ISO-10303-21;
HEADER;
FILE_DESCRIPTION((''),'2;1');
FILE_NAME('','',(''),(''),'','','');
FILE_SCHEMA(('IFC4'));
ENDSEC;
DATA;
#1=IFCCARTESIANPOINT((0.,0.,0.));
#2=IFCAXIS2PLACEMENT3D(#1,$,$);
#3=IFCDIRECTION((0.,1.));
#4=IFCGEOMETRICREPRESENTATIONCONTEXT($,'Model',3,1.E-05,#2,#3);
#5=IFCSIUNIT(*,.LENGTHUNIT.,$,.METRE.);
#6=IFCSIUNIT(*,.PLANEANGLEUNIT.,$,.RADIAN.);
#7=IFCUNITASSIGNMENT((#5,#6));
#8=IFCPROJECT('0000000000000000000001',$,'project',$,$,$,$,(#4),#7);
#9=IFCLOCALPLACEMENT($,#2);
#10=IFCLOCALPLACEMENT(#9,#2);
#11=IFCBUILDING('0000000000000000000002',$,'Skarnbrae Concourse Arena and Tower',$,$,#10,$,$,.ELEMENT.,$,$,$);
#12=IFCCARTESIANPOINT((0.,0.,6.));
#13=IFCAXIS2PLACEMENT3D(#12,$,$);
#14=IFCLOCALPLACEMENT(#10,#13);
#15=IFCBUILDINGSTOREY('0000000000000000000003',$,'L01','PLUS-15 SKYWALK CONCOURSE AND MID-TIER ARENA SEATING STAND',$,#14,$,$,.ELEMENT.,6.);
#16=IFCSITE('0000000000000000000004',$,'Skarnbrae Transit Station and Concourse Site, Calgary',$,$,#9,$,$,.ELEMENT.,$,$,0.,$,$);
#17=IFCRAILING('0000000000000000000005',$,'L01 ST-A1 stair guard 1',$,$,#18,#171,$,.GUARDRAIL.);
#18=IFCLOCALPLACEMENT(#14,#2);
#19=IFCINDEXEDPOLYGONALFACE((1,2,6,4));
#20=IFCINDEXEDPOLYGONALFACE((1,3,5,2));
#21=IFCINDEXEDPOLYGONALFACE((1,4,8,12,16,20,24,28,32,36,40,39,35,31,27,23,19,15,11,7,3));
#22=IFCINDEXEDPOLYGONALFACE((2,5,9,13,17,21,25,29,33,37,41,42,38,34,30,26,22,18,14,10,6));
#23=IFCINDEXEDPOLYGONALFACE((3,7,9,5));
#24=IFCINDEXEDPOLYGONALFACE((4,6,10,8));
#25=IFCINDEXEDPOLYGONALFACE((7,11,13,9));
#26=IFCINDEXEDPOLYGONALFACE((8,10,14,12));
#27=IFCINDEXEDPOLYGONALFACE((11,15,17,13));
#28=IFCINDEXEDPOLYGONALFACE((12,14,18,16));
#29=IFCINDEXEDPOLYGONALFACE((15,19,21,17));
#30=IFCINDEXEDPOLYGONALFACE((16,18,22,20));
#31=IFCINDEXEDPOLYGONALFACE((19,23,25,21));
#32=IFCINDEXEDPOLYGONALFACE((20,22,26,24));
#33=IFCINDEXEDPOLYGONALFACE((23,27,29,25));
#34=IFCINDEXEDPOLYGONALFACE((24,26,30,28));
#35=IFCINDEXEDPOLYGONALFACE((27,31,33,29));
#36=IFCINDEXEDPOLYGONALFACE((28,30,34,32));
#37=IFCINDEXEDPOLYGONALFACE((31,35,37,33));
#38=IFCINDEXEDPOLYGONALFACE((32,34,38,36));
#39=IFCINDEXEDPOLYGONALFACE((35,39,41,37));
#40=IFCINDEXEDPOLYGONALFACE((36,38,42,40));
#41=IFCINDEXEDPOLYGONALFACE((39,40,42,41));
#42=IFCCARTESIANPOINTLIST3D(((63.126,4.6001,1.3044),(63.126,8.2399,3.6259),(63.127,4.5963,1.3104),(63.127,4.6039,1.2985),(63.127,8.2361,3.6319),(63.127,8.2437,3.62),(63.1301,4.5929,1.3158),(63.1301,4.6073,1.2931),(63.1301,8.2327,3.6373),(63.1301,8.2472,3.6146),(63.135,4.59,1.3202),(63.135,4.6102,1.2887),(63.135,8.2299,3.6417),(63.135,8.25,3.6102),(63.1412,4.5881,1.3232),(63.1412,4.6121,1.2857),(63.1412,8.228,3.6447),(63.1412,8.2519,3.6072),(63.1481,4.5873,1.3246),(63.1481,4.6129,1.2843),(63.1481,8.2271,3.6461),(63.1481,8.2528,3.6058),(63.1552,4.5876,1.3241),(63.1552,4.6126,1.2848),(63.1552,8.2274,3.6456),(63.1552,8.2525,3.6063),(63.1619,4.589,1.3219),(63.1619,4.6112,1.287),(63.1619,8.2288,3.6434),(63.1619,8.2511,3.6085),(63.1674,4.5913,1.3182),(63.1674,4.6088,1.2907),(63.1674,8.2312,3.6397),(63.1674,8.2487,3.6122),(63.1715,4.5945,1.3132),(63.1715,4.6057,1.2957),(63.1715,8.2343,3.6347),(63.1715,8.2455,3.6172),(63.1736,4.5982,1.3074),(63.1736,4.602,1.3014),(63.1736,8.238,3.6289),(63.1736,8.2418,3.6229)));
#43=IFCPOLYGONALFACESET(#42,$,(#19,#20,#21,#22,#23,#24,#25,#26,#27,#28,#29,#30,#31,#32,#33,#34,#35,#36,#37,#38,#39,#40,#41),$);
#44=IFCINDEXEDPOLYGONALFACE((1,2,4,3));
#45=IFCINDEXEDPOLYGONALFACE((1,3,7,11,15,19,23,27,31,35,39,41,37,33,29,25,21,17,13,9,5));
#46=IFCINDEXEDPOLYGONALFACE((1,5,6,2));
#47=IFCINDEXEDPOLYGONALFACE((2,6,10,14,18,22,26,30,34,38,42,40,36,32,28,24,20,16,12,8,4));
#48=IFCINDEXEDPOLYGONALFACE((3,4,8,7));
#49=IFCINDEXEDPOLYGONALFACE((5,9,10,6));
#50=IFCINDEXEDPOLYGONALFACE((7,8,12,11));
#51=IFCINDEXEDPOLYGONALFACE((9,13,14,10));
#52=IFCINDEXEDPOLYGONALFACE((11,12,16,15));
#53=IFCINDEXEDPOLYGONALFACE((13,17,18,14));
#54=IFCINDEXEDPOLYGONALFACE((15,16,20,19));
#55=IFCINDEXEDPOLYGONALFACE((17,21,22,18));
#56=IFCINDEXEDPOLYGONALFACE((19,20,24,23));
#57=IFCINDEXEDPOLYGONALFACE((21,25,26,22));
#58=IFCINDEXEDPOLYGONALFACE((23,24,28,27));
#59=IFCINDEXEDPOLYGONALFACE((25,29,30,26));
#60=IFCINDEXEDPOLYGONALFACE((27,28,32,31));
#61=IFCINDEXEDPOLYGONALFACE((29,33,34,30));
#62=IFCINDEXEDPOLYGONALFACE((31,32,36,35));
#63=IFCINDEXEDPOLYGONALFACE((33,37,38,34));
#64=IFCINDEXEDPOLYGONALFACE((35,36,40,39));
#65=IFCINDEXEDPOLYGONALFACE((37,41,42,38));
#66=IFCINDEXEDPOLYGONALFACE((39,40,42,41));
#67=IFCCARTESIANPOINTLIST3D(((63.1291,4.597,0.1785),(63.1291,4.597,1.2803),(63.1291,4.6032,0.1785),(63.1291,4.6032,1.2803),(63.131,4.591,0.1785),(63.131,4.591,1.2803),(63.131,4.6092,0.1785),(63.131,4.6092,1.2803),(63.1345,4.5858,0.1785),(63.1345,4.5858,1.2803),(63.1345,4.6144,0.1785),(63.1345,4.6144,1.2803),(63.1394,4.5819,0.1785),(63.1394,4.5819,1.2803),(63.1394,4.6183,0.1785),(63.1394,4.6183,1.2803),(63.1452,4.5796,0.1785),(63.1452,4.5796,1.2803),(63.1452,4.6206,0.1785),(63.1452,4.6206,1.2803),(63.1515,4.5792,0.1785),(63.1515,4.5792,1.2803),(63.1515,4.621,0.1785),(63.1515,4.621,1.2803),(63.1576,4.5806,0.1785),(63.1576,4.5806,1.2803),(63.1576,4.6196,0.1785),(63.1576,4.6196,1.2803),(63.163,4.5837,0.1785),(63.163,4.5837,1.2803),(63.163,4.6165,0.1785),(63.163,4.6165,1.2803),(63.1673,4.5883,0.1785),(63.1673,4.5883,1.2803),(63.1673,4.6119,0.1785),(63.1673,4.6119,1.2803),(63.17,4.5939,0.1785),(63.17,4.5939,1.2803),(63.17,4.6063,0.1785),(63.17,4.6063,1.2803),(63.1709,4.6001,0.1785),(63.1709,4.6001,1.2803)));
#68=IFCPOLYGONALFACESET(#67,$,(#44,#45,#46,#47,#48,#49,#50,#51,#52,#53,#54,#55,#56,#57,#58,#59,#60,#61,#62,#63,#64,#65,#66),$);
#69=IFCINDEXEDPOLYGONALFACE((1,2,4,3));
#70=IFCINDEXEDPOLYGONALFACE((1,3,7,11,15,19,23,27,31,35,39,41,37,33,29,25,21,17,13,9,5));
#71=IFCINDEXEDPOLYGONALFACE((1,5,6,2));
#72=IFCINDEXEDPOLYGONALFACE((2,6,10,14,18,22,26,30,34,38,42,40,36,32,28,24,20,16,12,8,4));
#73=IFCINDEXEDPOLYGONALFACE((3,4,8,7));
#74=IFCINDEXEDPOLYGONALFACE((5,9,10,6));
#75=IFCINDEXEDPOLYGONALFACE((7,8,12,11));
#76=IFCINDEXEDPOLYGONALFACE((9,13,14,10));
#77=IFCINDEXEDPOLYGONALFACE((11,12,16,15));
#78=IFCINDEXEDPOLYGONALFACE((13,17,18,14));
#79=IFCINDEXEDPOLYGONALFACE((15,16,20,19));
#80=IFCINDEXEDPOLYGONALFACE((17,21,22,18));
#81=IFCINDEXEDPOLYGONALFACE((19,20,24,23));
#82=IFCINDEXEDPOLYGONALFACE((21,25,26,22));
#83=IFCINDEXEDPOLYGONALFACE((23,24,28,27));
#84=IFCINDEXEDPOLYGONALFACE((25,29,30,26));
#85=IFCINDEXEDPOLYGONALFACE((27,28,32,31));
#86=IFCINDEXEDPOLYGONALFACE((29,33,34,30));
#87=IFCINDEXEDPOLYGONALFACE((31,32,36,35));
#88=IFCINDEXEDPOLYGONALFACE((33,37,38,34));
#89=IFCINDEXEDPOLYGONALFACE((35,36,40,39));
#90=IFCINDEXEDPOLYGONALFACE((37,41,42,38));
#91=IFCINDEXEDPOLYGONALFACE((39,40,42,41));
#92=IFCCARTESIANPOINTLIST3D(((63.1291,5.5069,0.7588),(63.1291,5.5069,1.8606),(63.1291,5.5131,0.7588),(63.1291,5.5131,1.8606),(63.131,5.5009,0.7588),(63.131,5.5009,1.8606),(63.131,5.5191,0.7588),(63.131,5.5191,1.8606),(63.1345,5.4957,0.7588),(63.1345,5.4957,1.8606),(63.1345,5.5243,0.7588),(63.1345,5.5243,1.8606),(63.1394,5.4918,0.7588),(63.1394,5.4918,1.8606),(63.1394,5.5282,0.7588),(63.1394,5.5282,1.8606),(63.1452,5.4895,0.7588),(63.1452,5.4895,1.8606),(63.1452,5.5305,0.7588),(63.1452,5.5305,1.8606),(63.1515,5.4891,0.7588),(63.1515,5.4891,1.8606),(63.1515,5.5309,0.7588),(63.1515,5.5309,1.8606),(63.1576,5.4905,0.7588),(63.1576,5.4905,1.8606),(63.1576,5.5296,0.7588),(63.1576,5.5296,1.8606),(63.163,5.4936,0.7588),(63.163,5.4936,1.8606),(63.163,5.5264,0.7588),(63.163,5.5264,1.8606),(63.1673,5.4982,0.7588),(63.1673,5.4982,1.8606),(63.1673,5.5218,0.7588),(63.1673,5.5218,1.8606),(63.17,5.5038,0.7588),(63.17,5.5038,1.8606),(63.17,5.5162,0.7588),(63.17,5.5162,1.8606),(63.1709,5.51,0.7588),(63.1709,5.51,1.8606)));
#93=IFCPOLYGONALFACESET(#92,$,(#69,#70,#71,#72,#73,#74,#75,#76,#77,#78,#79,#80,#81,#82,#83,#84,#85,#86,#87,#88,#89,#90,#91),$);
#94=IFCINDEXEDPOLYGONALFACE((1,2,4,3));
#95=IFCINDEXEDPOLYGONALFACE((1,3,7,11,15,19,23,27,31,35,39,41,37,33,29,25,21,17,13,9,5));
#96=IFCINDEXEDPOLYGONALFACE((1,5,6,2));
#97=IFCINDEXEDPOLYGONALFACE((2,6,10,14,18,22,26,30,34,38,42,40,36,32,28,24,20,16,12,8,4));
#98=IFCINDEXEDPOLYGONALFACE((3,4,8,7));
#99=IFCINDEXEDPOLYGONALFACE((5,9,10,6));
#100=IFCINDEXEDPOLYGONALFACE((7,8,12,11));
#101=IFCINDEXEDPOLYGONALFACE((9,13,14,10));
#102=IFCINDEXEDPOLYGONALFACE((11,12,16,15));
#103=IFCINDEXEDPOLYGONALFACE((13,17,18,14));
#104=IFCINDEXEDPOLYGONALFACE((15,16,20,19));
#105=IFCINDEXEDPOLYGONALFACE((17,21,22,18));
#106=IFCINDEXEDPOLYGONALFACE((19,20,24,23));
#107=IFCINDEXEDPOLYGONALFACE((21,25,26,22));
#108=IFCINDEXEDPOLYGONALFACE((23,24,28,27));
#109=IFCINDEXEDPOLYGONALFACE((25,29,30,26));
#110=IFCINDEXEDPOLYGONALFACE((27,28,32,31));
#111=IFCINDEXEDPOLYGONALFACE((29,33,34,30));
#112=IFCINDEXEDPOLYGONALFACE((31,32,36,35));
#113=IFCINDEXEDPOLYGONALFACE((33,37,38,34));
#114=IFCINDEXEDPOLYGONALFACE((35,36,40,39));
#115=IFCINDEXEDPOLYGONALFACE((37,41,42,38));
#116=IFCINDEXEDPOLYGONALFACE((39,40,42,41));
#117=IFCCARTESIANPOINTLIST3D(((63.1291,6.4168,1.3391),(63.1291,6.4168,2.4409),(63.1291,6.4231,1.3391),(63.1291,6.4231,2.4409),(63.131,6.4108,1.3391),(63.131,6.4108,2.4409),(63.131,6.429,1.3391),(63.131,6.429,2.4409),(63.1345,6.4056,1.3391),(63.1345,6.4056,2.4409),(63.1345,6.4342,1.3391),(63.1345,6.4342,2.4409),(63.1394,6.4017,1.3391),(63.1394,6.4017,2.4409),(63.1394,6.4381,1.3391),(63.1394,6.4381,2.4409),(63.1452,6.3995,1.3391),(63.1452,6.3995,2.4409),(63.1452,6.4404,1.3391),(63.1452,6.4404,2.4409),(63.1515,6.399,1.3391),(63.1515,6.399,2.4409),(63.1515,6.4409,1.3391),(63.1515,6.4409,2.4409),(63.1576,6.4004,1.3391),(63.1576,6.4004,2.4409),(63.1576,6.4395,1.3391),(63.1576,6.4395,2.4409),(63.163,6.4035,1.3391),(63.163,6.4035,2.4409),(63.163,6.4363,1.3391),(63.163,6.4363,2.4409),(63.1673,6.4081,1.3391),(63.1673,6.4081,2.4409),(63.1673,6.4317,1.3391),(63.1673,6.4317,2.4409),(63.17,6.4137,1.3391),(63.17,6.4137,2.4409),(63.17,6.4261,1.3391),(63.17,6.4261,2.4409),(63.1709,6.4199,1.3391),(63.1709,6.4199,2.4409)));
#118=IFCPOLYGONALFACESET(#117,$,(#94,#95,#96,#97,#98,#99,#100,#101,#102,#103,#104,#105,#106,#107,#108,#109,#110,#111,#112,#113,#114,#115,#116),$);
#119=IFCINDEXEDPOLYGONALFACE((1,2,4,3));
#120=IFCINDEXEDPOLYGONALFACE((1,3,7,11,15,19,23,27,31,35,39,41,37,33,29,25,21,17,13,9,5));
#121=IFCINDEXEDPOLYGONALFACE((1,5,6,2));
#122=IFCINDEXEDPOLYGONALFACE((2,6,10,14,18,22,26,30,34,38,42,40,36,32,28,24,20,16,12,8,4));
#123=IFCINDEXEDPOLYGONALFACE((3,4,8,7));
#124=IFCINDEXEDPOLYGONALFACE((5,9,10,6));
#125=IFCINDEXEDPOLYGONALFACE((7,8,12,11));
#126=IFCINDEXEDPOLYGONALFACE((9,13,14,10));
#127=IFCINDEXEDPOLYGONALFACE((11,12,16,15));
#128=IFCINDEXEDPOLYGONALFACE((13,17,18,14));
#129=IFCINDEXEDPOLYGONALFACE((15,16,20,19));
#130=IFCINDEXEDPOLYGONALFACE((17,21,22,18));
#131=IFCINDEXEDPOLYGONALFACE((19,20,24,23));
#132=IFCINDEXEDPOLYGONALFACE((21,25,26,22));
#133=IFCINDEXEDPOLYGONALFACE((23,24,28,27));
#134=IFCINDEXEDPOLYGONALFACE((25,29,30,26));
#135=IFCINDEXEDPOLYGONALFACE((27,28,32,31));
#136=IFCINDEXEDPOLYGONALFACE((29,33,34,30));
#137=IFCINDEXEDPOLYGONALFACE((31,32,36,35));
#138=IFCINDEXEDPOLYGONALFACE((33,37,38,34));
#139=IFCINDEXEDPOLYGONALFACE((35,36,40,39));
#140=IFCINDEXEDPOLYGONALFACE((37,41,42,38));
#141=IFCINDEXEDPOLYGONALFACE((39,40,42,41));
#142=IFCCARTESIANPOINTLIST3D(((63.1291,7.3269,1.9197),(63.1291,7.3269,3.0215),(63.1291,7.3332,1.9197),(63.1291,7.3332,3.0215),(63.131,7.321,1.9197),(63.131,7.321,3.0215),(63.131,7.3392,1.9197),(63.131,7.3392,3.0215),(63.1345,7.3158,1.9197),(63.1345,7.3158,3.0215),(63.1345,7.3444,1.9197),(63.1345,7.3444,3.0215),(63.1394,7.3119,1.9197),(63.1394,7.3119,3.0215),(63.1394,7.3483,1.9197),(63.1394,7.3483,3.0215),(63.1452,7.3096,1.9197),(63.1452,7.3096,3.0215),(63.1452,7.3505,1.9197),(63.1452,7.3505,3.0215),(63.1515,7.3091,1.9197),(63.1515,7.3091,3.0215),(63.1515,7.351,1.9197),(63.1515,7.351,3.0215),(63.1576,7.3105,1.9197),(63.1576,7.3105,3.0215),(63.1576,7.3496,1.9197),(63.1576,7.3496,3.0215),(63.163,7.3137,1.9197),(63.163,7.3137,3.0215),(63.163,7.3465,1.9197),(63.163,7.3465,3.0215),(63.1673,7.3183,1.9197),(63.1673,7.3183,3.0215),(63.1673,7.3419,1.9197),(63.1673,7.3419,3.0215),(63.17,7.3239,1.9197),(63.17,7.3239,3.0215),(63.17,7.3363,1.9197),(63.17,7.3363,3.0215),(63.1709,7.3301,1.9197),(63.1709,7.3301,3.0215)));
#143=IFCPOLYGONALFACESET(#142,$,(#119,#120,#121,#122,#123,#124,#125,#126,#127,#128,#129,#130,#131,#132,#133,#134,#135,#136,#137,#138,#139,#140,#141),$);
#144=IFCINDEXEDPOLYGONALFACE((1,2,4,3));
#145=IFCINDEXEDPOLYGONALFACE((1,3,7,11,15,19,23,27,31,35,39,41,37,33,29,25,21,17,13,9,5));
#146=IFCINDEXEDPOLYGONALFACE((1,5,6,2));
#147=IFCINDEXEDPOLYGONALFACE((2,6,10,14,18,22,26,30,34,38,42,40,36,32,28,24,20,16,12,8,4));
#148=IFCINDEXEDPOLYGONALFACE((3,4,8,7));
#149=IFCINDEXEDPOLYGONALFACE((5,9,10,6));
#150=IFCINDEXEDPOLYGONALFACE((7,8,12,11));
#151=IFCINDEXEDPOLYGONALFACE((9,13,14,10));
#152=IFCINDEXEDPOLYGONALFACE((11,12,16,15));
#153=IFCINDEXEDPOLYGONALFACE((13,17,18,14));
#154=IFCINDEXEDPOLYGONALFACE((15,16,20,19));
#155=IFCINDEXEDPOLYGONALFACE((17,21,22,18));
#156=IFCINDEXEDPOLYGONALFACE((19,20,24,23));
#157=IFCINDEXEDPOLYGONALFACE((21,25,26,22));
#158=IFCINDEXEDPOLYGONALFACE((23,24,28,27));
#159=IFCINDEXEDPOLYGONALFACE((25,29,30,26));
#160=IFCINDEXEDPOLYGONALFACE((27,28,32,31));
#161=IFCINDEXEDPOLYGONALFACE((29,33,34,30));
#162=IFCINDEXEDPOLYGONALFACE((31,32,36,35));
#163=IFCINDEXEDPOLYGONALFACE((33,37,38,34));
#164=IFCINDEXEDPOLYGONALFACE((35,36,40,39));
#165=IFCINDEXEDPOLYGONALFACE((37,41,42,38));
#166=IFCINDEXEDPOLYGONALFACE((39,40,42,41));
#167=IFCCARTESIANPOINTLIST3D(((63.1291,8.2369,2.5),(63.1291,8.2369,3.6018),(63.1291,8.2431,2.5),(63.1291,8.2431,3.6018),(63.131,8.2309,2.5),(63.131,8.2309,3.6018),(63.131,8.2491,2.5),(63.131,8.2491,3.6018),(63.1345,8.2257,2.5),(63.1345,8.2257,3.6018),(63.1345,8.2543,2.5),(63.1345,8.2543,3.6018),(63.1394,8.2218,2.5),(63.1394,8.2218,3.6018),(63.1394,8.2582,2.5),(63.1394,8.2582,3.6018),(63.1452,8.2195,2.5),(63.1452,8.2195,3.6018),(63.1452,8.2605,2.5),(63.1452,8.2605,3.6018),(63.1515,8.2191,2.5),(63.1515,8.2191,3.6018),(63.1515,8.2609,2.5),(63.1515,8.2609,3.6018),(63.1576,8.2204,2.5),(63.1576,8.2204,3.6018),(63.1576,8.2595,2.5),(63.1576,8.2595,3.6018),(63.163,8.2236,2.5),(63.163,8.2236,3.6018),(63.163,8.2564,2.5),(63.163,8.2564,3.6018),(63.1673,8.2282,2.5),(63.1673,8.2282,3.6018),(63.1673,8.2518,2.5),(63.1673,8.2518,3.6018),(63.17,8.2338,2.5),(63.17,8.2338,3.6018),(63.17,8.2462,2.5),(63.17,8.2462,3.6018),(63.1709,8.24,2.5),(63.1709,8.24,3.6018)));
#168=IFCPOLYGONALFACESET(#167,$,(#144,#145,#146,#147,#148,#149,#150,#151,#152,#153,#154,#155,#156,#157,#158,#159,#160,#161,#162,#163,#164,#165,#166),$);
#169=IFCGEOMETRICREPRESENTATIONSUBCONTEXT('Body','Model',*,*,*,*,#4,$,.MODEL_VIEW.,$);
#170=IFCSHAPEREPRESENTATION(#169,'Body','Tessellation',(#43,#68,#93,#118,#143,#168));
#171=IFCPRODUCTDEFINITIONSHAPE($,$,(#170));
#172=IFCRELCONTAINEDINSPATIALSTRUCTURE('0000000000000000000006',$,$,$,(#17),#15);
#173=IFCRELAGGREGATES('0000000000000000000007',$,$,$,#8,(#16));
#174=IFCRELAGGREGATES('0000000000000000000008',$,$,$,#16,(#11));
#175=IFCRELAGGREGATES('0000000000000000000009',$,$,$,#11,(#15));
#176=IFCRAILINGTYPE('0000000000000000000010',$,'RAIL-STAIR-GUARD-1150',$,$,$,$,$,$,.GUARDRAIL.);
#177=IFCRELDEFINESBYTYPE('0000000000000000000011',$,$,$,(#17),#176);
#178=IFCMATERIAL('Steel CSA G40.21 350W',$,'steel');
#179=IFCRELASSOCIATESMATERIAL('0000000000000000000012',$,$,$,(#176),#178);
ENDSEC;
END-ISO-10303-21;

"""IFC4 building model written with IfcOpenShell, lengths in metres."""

from ifc_helpers import new_model, si_unit, direction, frame, origin, origin_2d, place, context, subcontext, project, spatial, circle, extrude, material, type_object, element, save


model = new_model("IFC4")

# Units and contexts
model_context = context("Model", 3, precision=1e-05, world=origin(), true_north=direction((0.0, 1.0)))
body_context = subcontext(model_context, "Body", "Model", "MODEL_VIEW")
ifc_project = project(units=[si_unit("LENGTHUNIT", "METRE"), si_unit("PLANEANGLEUNIT", "RADIAN")], contexts=[model_context])

# Site, building, storey
site_placement = place(None, origin())
site = spatial("IfcSite", under=ifc_project, at=site_placement, Name="Skarnbrae Transit Station and Concourse Site, Calgary", CompositionType="ELEMENT", RefElevation=0.0)
building_placement = place(site_placement, origin())
building = spatial("IfcBuilding", under=site, at=building_placement, Name="Skarnbrae Concourse Arena and Tower", CompositionType="ELEMENT")
storey_placement = place(building_placement, frame((0.0, 0.0, 6.0)))
storey = spatial("IfcBuildingStorey", under=building, at=storey_placement, Name="L01", Description="PLUS-15 SKYWALK CONCOURSE AND MID-TIER ARENA SEATING STAND", CompositionType="ELEMENT", Elevation=6.0)

# Shared definitions
ifc_material_1 = material(Name="Steel CSA G40.21 350W", Category="steel")

# Railing
railing_type_1 = type_object("IfcRailingType", Name="RAIL-STAIR-GUARD-1150", PredefinedType="GUARDRAIL", material=ifc_material_1)
railing_1_placement = place(storey_placement, frame((63.1499, 4.6001, 0.1785)))
element("IfcRailing", 1, at=railing_1_placement, inside=storey, type_object=railing_type_1, Name="L01 ST-A1 stair guard 1", PredefinedType="GUARDRAIL", context=body_context, shape_type="SweptSolid", body=[
    extrude(circle(Radius=0.0239, at=origin_2d()), frame((0.0, 0.0, 1.126), z_axis=(0.0, 0.843112, 0.537739), x_axis=(-1.0, 0.0, 0.0)), (0.0, 0.0, 1.0), 4.3171),
    extrude(circle(Radius=0.021, at=origin_2d()), origin(), (0.0, 0.0, 1.0), 1.1018),
    extrude(circle(Radius=0.021, at=origin_2d()), frame((0.0, 0.9099, 0.5803)), (0.0, 0.0, 1.0), 1.1018),
    extrude(circle(Radius=0.021, at=origin_2d()), frame((0.0, 1.8198, 1.1606)), (0.0, 0.0, 1.0), 1.1018),
    extrude(circle(Radius=0.021, at=origin_2d()), frame((0.0, 2.73, 1.7412)), (0.0, 0.0, 1.0), 1.1018),
    extrude(circle(Radius=0.021, at=origin_2d()), frame((0.0, 3.6399, 2.3215)), (0.0, 0.0, 1.0), 1.1018),
])

save(model, "model.ifc")
